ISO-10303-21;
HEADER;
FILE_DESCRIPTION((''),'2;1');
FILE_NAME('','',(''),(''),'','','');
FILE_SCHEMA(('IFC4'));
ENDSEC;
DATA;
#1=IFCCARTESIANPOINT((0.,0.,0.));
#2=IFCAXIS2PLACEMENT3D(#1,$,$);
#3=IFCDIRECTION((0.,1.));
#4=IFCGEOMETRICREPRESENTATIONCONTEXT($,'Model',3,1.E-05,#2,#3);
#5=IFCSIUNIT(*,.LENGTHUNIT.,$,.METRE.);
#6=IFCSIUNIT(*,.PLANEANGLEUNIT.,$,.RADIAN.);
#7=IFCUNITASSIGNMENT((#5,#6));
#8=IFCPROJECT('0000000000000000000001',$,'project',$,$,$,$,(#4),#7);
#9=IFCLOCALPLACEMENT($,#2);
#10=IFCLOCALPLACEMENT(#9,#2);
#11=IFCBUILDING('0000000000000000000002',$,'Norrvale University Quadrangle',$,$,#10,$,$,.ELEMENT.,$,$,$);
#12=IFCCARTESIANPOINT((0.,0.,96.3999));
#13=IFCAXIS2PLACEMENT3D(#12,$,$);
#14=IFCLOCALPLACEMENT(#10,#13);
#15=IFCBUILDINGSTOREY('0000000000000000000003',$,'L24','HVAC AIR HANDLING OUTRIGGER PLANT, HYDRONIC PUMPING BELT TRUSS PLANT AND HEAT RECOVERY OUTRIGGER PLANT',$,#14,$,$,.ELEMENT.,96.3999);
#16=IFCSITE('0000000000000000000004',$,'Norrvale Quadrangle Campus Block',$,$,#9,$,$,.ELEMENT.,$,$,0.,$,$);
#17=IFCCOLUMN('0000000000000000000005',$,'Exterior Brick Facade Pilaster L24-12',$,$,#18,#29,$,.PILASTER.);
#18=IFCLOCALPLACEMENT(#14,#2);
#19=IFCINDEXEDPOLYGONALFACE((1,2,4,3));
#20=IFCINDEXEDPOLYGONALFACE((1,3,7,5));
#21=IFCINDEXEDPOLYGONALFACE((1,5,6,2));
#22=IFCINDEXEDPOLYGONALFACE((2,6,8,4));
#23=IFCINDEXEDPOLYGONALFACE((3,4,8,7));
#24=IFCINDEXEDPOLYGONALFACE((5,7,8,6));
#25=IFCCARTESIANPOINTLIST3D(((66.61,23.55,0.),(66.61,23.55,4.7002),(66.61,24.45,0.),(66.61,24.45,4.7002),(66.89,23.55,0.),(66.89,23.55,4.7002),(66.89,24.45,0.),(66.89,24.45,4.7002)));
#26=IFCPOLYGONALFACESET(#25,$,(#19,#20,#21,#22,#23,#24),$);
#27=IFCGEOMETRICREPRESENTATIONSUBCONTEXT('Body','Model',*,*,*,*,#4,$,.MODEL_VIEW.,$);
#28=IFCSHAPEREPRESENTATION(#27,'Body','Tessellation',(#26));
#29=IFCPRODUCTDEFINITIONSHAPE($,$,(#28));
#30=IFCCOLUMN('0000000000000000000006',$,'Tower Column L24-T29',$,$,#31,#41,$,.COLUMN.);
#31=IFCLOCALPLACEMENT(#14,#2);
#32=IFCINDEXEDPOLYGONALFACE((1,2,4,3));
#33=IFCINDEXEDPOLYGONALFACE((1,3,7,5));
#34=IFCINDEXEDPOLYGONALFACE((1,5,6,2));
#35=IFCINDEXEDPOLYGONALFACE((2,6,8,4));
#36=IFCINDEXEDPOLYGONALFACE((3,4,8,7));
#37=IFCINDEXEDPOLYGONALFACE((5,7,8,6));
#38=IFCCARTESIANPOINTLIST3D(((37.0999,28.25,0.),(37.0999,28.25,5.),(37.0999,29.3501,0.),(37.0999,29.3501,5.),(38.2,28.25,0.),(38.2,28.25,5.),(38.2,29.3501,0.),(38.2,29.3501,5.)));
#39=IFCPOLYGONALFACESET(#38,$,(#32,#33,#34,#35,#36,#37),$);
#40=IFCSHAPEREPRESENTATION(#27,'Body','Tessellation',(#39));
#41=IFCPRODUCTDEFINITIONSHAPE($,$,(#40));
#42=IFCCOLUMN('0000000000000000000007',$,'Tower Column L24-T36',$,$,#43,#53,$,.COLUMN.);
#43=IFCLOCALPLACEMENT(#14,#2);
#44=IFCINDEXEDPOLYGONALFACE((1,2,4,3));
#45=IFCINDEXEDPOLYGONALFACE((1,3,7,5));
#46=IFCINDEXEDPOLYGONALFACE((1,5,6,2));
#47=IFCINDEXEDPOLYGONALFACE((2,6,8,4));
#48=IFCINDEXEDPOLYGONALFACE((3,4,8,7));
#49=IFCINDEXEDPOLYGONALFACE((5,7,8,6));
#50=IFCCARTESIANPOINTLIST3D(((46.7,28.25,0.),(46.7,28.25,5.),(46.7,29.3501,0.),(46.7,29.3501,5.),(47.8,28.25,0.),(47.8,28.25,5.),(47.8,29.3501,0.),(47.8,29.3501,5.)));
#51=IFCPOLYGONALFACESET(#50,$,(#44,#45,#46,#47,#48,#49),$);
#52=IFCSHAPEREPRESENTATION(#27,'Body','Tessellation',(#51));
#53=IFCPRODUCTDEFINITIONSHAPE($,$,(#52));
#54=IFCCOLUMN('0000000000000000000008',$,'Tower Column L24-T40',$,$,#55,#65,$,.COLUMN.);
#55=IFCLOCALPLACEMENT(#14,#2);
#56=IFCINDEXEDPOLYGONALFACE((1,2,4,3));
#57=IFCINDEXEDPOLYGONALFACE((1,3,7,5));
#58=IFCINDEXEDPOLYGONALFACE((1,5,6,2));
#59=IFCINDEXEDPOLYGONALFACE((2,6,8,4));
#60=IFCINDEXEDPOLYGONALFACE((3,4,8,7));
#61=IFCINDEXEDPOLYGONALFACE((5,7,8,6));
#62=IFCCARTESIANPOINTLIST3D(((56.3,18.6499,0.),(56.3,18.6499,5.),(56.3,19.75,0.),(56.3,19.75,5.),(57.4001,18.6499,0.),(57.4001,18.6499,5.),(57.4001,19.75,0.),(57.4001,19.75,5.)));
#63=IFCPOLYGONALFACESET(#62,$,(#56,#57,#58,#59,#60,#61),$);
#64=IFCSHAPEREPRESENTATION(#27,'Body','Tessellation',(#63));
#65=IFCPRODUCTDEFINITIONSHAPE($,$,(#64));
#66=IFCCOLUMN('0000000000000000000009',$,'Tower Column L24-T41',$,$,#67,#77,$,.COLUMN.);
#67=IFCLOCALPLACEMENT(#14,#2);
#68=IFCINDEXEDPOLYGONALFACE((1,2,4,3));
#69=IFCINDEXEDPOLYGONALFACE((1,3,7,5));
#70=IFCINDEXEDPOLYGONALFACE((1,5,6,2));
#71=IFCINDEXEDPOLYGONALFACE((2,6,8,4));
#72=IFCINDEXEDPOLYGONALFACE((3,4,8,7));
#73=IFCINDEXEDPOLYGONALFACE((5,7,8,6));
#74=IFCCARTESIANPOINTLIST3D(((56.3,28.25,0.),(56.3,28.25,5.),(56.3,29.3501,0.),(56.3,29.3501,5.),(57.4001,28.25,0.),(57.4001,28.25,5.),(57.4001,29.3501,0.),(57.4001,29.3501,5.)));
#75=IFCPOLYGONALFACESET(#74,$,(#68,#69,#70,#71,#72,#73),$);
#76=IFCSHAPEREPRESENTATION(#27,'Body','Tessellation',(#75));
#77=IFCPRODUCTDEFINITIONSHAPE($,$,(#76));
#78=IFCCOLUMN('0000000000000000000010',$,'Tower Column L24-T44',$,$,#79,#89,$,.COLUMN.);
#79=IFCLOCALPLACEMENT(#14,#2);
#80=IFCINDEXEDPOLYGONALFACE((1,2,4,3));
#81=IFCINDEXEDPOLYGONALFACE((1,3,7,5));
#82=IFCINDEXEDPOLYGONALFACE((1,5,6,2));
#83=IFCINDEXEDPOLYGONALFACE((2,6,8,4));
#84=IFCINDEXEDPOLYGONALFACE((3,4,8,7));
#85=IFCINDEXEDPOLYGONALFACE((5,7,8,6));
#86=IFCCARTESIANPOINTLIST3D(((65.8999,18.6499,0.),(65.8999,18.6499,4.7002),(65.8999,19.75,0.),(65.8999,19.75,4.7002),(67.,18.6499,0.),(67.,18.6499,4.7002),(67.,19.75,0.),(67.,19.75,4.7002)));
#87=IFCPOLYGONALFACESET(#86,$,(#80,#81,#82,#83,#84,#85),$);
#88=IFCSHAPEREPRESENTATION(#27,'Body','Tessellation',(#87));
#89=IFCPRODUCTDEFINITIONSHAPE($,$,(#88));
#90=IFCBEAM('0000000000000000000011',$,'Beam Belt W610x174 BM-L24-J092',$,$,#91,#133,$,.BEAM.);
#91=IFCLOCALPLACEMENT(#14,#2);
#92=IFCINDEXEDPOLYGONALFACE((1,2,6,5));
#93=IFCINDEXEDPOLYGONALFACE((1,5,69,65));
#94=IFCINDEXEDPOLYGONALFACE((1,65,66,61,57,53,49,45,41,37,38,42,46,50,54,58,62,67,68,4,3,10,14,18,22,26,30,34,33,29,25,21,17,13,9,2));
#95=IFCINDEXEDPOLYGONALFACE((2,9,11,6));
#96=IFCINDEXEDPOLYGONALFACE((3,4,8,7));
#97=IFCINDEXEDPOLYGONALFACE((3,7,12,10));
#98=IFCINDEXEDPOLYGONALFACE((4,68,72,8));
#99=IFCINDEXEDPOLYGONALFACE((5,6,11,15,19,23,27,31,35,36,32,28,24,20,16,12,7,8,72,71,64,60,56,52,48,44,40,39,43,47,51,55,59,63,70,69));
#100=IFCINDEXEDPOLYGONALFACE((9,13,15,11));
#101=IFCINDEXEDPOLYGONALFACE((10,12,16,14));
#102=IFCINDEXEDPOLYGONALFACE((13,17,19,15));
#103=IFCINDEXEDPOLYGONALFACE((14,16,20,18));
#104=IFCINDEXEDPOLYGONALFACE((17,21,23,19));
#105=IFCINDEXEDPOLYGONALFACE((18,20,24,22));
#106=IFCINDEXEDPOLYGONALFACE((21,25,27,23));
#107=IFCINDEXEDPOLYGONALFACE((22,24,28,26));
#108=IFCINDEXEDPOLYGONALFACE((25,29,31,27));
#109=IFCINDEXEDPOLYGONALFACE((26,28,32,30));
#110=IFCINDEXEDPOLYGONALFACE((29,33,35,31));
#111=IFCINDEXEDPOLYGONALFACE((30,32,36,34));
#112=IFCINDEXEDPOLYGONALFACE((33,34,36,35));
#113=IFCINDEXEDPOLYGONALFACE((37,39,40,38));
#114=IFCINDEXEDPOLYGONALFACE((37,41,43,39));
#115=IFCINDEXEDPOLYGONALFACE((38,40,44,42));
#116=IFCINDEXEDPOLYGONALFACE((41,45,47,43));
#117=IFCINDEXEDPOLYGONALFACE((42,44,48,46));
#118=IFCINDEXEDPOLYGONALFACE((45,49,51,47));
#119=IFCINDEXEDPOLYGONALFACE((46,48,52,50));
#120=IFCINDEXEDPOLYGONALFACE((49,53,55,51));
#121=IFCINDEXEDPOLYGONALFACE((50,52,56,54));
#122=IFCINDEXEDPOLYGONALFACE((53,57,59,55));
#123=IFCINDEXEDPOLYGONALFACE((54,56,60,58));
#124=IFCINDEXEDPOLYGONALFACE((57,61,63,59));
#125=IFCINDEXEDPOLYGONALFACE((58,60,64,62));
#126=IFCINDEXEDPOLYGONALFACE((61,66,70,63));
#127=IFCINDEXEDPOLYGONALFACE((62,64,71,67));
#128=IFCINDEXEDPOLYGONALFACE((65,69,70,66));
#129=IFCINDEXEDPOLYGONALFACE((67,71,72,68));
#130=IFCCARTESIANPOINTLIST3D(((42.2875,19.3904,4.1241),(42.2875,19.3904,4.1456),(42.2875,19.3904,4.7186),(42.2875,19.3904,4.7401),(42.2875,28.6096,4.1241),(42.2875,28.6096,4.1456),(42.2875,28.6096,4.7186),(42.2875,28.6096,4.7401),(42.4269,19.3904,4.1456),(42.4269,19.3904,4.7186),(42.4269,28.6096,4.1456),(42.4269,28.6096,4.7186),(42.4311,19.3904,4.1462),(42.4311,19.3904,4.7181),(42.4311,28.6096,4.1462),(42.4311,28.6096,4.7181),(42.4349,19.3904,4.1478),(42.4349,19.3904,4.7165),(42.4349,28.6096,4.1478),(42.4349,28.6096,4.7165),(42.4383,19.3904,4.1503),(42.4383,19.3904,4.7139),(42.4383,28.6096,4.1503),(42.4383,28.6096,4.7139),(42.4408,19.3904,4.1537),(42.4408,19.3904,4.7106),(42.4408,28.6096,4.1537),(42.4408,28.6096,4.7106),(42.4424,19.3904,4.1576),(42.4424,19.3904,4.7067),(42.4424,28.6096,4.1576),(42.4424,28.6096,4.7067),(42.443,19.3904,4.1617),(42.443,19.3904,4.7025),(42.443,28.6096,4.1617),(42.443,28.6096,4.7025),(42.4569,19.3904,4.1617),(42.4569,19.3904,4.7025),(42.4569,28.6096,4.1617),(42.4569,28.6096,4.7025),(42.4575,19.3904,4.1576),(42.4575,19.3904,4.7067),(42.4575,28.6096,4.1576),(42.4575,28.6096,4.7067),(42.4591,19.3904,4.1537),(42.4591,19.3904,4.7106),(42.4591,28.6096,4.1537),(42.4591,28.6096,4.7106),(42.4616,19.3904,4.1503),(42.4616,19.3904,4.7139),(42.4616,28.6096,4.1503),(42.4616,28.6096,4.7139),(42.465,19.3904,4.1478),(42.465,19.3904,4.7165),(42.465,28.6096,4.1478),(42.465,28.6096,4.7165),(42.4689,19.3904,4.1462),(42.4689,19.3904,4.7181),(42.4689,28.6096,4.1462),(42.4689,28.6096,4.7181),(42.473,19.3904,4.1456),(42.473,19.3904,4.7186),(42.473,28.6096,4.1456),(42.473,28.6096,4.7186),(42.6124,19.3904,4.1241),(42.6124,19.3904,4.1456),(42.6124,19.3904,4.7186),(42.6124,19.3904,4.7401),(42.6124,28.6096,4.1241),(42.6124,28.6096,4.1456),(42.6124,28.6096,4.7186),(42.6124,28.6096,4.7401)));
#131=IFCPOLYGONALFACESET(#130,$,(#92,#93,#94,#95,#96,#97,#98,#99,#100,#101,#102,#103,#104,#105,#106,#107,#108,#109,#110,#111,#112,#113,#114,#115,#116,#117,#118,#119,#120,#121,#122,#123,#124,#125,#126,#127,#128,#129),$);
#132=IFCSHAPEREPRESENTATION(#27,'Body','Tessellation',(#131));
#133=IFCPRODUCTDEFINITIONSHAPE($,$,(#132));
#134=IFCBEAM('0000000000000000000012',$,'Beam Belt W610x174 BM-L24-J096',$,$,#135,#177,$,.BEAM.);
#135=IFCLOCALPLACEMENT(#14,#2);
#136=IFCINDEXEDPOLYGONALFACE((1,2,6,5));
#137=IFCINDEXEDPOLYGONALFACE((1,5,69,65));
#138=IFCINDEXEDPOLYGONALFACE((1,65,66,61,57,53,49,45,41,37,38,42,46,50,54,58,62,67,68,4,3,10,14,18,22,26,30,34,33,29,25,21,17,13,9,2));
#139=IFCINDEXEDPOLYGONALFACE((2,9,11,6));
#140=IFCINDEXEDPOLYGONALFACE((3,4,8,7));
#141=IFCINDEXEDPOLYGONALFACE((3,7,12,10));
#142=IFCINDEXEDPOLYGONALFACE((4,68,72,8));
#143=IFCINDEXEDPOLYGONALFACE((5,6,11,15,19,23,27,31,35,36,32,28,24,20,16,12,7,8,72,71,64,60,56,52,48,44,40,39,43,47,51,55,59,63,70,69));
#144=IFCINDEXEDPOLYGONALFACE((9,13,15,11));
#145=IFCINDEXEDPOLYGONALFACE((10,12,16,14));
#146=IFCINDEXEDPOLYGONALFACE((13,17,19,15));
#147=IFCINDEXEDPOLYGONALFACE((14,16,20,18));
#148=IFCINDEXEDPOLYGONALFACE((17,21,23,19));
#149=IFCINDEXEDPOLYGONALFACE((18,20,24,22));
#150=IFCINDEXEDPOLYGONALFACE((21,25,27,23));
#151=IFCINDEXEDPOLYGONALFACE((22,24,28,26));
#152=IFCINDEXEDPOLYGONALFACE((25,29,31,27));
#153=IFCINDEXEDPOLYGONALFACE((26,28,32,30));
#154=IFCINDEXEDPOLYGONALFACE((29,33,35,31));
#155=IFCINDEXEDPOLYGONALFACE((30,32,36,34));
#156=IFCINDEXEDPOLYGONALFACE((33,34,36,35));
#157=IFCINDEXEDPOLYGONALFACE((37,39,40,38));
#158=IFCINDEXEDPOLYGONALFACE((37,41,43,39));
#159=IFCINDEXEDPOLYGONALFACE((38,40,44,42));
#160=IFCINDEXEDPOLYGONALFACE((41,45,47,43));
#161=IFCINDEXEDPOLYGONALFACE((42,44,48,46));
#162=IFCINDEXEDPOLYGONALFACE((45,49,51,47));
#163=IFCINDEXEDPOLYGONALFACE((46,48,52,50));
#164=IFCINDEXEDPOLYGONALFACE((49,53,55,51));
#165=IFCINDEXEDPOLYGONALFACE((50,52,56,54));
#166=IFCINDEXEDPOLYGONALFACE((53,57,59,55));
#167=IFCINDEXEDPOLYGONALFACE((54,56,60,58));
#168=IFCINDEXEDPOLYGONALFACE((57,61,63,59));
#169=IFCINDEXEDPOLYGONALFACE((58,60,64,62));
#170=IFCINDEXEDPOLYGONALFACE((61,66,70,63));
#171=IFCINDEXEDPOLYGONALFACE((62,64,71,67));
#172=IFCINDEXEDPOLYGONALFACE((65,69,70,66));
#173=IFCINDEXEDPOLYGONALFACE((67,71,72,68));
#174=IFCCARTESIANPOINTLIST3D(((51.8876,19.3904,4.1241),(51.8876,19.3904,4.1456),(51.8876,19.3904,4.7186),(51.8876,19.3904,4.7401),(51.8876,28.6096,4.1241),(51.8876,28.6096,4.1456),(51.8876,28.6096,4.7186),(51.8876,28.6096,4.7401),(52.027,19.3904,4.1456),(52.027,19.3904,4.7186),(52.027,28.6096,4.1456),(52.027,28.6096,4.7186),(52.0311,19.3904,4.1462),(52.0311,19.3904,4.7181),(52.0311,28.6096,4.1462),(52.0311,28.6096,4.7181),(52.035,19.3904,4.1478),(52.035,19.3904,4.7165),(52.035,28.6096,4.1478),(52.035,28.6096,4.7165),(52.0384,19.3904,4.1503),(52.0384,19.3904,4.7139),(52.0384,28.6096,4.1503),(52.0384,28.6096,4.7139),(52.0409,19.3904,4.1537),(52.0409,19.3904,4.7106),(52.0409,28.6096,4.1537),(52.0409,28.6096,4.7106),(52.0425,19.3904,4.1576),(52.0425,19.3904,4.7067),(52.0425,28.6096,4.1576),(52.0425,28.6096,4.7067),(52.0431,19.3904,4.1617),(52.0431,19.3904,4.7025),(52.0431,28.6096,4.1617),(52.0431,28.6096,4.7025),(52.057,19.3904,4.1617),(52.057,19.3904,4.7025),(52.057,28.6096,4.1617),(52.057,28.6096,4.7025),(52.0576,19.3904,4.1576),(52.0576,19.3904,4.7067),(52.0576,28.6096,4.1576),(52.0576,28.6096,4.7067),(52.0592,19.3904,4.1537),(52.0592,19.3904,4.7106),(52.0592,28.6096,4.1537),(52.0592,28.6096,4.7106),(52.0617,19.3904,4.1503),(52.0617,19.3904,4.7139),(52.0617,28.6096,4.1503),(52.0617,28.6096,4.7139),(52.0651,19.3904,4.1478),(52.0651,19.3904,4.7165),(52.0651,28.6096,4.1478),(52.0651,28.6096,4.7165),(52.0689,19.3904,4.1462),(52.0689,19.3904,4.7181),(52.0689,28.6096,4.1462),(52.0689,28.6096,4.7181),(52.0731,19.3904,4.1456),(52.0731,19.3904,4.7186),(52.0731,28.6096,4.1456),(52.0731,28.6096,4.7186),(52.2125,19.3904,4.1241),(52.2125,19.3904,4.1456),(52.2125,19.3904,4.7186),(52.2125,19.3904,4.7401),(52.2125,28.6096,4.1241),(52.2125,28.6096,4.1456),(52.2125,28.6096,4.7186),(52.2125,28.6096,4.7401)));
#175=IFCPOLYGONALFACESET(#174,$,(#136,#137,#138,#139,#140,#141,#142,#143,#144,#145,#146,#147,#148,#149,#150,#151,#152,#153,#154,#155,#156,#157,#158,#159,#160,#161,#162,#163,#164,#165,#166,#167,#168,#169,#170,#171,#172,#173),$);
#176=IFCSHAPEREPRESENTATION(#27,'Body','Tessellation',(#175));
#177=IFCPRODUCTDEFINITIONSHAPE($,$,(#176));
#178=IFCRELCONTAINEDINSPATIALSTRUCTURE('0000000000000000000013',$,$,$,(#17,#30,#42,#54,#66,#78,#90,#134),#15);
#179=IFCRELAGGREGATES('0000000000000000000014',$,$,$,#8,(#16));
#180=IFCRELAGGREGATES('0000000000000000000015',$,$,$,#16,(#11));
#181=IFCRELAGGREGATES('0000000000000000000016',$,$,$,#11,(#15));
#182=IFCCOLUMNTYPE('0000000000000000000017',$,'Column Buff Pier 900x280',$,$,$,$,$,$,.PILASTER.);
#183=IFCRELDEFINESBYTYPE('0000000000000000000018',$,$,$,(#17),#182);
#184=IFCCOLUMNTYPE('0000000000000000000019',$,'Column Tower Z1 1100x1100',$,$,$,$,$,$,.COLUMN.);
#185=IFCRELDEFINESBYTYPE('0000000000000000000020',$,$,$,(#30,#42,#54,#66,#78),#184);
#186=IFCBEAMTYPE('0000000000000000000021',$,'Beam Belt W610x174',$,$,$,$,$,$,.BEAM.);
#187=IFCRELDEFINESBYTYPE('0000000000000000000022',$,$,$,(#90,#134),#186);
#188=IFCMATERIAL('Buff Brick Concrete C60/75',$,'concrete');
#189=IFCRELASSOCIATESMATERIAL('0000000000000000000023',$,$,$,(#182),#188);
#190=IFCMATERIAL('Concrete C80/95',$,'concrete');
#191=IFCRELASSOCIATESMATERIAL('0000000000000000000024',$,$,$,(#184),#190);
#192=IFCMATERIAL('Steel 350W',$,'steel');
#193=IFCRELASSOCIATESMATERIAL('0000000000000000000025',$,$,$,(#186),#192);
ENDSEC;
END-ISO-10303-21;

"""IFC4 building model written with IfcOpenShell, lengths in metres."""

from ifc_helpers import new_model, si_unit, direction, frame, origin, origin_2d, place, context, subcontext, project, spatial, rectangle, i_section, extrude, material, material_profile, profile_set, type_object, element, save


model = new_model("IFC4")

# Units and contexts
model_context = context("Model", 3, precision=1e-05, world=origin(), true_north=direction((0.0, 1.0)))
body_context = subcontext(model_context, "Body", "Model", "MODEL_VIEW")
ifc_project = project(units=[si_unit("LENGTHUNIT", "METRE"), si_unit("PLANEANGLEUNIT", "RADIAN")], contexts=[model_context])

# Site, building, storey
site_placement = place(None, origin())
site = spatial("IfcSite", under=ifc_project, at=site_placement, Name="Norrvale Quadrangle Campus Block", CompositionType="ELEMENT", RefElevation=0.0)
building_placement = place(site_placement, origin())
building = spatial("IfcBuilding", under=site, at=building_placement, Name="Norrvale University Quadrangle", CompositionType="ELEMENT")
storey_placement = place(building_placement, frame((0.0, 0.0, 96.3999)))
storey = spatial("IfcBuildingStorey", under=building, at=storey_placement, Name="L24", Description="HVAC AIR HANDLING OUTRIGGER PLANT, HYDRONIC PUMPING BELT TRUSS PLANT AND HEAT RECOVERY OUTRIGGER PLANT", CompositionType="ELEMENT", Elevation=96.3999)

# Columns
ifc_material_1 = material(Name="Buff Brick Concrete C60/75", Category="concrete")
ifc_material_profile_1 = material_profile(ifc_material_1, rectangle(XDim=0.8999, YDim=0.28, at=origin_2d()), Name="Buff Brick Concrete C60/75")
ifc_profile_set_1 = profile_set([ifc_material_profile_1], Name="Buff Brick Concrete C60/75")
column_type_1 = type_object("IfcColumnType", Name="Column Buff Pier 900x280", PredefinedType="PILASTER", material=ifc_profile_set_1)
column_1_placement = place(storey_placement, frame((66.75, 24.0, 0.0), z_axis=(0.0, 0.0, 1.0), x_axis=(0.0, 1.0, 0.0)))
element("IfcColumn", 1, at=column_1_placement, inside=storey, type_object=column_type_1, Name="Exterior Brick Facade Pilaster L24-12", PredefinedType="PILASTER", context=body_context, shape_type="SweptSolid", body=[
    extrude(rectangle(XDim=0.8999, YDim=0.28, at=origin_2d()), origin(), (0.0, 0.0, 1.0), 4.7002),
])
ifc_material_2 = material(Name="Concrete C80/95", Category="concrete")
ifc_material_profile_2 = material_profile(ifc_material_2, rectangle(XDim=1.1001, YDim=1.1001, at=origin_2d()), Name="Concrete C80/95")
ifc_profile_set_2 = profile_set([ifc_material_profile_2], Name="Concrete C80/95")
column_type_2 = type_object("IfcColumnType", Name="Column Tower Z1 1100x1100", PredefinedType="COLUMN", material=ifc_profile_set_2)
for number, where, z_axis, x_axis, name in (
    (2, (37.6499, 28.8, 0.0), (0.0, 0.0, 1.0), (1.0, 0.0, 0.0), "Tower Column L24-T29"),
    (3, (47.25, 28.8, 0.0), (0.0, 0.0, 1.0), (1.0, 0.0, 0.0), "Tower Column L24-T36"),
    (4, (56.8501, 19.2, 0.0), (0.0, 0.0, 1.0), (1.0, 0.0, 0.0), "Tower Column L24-T40"),
    (5, (56.8501, 28.8, 0.0), (0.0, 0.0, 1.0), (1.0, 0.0, 0.0), "Tower Column L24-T41"),
):
    element("IfcColumn", number, at=place(storey_placement, frame(where, z_axis=z_axis, x_axis=x_axis)), inside=storey, type_object=column_type_2, Name=name, PredefinedType="COLUMN", context=body_context, shape_type="SweptSolid", body=[
        extrude(rectangle(XDim=1.1001, YDim=1.1001, at=origin_2d()), origin(), (0.0, 0.0, 1.0), 5.0),
    ])
column_2_placement = place(storey_placement, frame((66.45, 19.2, 0.0), z_axis=(0.0, 0.0, 1.0), x_axis=(1.0, 0.0, 0.0)))
element("IfcColumn", 6, at=column_2_placement, inside=storey, type_object=column_type_2, Name="Tower Column L24-T44", PredefinedType="COLUMN", context=body_context, shape_type="SweptSolid", body=[
    extrude(rectangle(XDim=1.1001, YDim=1.1001, at=origin_2d()), origin(), (0.0, 0.0, 1.0), 4.7002),
])

# Beams
ifc_material_3 = material(Name="Steel 350W", Category="steel")
ifc_material_profile_3 = material_profile(ifc_material_3, i_section(OverallWidth=0.325, OverallDepth=0.616, WebThickness=0.0139, FlangeThickness=0.0215, FilletRadius=0.0161, at=origin_2d()), Name="Steel 350W")
ifc_profile_set_3 = profile_set([ifc_material_profile_3], Name="Steel 350W")
beam_type_1 = type_object("IfcBeamType", Name="Beam Belt W610x174", PredefinedType="BEAM", material=ifc_profile_set_3)
for number, where, z_axis, x_axis, name in (
    (7, (42.45, 19.3904, 4.4321), (0.0, 1.0, 0.0), (-1.0, 0.0, 0.0), "Beam Belt W610x174 BM-L24-J092"),
    (8, (52.05, 19.3904, 4.4321), (0.0, 1.0, 0.0), (-1.0, 0.0, 0.0), "Beam Belt W610x174 BM-L24-J096"),
):
    element("IfcBeam", number, at=place(storey_placement, frame(where, z_axis=z_axis, x_axis=x_axis)), inside=storey, type_object=beam_type_1, Name=name, PredefinedType="BEAM", context=body_context, shape_type="SweptSolid", body=[
        extrude(i_section(OverallWidth=0.325, OverallDepth=0.616, WebThickness=0.0139, FlangeThickness=0.0215, FilletRadius=0.0161, at=origin_2d()), origin(), (0.0, 0.0, 1.0), 9.2192),
    ])

save(model, "model.ifc")
